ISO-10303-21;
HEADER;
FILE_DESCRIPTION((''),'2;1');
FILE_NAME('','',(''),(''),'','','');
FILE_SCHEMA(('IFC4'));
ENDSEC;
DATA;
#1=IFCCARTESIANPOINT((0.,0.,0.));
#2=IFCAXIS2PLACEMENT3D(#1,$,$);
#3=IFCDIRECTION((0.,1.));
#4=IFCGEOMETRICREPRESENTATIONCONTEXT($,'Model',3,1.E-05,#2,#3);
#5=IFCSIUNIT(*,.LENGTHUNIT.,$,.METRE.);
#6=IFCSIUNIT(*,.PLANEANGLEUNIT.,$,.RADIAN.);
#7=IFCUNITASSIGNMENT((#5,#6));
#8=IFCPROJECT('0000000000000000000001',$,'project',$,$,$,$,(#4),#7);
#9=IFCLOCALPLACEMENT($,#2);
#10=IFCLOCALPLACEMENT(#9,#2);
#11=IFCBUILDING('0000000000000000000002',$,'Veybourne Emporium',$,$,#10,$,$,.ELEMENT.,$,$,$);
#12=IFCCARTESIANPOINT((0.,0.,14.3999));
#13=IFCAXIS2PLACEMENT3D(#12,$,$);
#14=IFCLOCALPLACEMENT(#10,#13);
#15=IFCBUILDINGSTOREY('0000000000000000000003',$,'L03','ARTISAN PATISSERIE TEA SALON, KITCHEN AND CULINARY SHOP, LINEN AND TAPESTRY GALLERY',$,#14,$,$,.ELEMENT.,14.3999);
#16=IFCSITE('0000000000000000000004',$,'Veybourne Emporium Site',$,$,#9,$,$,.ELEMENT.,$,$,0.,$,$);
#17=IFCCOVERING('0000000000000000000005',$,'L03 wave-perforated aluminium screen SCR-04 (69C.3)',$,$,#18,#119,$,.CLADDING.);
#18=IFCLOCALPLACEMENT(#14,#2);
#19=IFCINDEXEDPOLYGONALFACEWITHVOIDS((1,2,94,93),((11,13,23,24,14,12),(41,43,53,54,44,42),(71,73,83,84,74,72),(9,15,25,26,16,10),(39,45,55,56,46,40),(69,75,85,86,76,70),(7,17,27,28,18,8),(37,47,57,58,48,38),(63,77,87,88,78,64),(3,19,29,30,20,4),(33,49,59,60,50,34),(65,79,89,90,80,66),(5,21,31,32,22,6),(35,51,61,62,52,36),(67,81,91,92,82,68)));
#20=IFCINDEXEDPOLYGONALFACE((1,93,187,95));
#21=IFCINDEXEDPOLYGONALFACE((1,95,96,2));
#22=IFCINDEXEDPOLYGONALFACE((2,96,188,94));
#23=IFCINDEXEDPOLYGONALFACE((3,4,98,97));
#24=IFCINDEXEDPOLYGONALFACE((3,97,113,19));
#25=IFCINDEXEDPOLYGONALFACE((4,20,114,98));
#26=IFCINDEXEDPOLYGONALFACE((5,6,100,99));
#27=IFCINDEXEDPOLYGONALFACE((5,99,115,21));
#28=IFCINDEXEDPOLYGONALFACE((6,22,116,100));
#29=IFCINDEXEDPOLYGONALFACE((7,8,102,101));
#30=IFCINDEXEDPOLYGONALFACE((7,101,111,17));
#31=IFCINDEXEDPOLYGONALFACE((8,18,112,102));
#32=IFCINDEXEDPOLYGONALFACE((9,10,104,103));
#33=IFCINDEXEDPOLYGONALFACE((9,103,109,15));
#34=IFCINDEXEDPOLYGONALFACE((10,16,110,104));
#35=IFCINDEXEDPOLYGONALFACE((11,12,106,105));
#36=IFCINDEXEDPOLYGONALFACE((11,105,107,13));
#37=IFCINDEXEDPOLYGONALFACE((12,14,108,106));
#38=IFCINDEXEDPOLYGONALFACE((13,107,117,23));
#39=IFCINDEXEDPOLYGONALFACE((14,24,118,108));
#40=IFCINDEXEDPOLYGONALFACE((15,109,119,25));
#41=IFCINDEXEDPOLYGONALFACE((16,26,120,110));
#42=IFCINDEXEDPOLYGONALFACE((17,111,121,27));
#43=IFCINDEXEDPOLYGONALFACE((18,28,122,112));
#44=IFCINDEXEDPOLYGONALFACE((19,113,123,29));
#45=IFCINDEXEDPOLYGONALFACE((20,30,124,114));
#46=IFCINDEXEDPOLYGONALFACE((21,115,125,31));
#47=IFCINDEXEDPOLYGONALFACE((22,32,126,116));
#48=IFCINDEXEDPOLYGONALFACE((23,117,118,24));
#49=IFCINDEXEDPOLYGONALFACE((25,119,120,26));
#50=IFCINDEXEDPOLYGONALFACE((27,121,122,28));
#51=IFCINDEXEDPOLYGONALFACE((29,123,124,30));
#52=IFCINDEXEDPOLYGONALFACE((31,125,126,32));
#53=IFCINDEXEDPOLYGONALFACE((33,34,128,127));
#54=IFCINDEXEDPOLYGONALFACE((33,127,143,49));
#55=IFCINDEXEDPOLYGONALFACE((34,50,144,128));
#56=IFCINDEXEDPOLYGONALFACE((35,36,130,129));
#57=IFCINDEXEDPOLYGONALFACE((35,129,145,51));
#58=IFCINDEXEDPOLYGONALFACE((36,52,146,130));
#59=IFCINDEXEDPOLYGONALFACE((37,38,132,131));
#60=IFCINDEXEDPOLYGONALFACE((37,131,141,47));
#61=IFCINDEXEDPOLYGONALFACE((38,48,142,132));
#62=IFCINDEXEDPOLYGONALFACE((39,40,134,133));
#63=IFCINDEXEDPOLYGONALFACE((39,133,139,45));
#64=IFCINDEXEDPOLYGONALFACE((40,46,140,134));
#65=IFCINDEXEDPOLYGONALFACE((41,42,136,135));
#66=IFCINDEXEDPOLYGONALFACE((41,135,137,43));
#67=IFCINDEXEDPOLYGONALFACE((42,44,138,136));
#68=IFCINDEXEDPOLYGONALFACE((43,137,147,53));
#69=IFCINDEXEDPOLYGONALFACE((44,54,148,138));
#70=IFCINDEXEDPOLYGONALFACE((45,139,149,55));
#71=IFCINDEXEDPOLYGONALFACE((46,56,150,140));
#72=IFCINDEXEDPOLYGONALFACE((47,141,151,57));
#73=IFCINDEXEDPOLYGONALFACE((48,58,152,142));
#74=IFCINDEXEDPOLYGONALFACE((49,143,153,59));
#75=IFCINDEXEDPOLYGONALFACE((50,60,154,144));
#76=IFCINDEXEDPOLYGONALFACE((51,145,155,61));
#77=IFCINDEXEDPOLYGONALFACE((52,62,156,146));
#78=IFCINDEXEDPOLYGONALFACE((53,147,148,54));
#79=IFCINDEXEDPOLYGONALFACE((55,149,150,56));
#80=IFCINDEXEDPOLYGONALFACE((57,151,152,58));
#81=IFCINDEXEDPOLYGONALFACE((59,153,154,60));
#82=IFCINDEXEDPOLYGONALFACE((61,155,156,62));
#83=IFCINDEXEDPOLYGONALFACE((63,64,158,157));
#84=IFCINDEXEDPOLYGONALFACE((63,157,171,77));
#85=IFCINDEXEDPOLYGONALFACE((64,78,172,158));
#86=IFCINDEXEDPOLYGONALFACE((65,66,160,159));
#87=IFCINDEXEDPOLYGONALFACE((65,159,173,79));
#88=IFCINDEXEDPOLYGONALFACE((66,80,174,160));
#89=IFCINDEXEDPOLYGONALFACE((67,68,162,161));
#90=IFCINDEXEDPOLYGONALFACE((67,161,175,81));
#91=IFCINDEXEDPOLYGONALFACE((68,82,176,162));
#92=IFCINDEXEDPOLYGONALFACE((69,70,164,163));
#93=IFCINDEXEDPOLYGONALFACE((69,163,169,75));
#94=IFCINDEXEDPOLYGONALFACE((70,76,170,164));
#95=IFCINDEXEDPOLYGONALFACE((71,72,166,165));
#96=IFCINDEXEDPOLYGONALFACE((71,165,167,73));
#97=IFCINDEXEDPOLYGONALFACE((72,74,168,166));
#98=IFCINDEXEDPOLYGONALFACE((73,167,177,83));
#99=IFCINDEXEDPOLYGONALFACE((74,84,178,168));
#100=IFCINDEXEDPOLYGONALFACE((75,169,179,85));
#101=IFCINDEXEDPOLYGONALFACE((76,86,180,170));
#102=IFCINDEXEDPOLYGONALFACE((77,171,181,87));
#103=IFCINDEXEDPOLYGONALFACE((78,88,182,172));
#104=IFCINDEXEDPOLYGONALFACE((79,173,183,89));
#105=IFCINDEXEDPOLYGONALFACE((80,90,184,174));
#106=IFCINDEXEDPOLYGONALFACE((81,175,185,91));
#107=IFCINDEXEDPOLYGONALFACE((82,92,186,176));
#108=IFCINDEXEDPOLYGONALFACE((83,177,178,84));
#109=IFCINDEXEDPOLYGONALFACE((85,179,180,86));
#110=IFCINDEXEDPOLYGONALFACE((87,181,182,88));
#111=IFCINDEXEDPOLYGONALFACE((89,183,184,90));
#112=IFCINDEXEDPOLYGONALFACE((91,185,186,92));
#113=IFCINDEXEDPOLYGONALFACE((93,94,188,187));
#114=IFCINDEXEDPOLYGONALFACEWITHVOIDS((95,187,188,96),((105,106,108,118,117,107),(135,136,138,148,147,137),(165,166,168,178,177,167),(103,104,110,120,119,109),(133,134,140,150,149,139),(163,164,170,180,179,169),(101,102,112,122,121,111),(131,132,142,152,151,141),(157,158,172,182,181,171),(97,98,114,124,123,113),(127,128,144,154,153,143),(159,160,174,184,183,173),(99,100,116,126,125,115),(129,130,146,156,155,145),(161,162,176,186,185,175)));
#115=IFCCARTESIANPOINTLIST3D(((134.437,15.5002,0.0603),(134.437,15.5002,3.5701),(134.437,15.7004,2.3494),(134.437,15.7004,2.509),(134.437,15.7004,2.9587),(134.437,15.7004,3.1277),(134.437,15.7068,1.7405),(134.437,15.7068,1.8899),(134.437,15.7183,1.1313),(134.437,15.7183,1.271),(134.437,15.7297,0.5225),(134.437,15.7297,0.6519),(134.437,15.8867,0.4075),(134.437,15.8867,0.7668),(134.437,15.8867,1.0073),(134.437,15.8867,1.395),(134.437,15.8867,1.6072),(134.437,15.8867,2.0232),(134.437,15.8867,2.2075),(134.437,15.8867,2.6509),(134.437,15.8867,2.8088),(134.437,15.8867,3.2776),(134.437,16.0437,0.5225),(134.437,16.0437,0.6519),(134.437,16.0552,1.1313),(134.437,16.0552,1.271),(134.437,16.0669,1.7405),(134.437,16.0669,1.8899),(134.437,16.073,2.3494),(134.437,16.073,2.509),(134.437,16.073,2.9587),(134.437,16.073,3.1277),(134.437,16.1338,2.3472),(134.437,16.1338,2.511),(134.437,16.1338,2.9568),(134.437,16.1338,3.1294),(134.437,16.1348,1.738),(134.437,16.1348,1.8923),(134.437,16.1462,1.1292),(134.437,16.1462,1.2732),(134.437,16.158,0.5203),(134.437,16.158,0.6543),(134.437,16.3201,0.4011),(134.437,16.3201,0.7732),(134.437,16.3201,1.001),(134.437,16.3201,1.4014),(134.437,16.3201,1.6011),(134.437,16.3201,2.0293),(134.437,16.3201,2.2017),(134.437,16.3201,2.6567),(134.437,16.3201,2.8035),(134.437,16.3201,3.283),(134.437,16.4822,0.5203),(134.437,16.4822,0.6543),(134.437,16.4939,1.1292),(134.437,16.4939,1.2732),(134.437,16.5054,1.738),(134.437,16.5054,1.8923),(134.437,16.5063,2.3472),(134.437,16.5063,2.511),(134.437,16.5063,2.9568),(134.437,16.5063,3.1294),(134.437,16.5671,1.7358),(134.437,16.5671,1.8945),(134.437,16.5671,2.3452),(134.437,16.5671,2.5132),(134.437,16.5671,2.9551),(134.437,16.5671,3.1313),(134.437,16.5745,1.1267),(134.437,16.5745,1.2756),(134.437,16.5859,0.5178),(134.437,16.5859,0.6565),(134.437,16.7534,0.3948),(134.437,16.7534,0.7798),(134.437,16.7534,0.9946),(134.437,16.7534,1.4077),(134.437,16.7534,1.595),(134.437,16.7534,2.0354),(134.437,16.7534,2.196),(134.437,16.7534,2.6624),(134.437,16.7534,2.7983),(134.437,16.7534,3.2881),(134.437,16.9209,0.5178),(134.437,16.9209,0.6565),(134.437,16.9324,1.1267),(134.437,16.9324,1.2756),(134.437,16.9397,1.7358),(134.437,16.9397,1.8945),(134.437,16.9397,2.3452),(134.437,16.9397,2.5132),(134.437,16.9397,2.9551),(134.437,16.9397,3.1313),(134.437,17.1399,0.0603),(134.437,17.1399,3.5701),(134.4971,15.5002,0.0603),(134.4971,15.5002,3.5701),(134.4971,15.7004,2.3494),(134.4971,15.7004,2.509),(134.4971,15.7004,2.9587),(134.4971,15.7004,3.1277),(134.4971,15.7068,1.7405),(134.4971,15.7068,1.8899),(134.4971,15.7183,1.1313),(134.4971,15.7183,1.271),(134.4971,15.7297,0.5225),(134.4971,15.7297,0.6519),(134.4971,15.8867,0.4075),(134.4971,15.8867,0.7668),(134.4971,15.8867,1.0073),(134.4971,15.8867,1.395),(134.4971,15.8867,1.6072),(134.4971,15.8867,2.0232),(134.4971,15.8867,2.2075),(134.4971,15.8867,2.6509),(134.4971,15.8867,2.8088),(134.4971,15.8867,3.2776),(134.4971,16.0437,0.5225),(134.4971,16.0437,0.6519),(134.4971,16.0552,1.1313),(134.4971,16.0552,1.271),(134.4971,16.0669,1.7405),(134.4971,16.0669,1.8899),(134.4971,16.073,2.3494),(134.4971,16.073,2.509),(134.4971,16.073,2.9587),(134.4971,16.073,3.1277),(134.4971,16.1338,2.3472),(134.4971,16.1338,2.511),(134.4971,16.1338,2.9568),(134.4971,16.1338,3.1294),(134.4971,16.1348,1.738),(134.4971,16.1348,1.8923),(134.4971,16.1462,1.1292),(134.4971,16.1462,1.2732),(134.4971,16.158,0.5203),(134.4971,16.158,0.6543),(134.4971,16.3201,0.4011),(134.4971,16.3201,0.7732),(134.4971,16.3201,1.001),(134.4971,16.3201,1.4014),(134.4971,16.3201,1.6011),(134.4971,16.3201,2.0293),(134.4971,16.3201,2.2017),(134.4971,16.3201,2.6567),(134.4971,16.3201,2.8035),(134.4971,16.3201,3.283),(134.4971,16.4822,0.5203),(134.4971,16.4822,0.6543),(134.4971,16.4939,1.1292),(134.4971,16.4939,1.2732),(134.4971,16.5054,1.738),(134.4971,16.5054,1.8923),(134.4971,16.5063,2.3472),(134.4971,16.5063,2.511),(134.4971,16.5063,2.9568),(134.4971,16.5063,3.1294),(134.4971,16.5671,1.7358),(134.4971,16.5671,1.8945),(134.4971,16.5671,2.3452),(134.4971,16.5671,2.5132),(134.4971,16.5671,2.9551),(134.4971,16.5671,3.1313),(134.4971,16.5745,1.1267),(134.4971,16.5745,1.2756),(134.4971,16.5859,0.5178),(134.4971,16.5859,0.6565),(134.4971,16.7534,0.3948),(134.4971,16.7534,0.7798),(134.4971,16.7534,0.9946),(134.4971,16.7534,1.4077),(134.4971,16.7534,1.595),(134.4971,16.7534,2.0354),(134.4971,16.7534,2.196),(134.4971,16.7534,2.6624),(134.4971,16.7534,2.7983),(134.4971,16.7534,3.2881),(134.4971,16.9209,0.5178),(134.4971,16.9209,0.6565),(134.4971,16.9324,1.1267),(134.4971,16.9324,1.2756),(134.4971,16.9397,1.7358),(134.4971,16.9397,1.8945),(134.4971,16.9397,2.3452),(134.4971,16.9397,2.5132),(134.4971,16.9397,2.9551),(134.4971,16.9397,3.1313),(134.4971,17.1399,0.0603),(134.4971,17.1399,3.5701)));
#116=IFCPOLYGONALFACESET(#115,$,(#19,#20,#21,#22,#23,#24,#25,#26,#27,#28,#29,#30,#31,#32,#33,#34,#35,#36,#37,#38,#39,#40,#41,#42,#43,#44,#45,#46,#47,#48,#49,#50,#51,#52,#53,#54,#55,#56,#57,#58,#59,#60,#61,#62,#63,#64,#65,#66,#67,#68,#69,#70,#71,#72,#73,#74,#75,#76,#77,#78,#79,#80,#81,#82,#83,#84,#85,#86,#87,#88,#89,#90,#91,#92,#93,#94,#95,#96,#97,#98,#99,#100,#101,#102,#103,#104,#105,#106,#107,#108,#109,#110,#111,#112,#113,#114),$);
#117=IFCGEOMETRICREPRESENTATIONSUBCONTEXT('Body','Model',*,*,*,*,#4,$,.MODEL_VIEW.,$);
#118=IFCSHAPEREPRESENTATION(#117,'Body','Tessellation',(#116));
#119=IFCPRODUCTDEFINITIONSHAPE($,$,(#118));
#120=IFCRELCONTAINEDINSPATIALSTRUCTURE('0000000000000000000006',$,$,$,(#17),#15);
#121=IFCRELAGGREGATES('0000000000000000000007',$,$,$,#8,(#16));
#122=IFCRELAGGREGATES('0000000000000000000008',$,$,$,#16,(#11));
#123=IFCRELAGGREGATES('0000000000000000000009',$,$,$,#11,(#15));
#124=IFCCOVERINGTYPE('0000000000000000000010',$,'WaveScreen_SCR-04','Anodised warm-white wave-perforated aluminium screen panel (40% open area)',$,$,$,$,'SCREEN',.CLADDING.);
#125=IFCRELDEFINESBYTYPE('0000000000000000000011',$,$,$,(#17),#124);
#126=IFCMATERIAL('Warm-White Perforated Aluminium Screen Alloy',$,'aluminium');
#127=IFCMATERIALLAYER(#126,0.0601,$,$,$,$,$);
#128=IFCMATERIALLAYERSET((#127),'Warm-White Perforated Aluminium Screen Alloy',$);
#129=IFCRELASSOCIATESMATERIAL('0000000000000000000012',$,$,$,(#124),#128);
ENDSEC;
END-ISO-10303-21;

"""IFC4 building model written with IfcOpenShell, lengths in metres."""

from ifc_helpers import new_model, si_unit, direction, frame, origin, place, context, subcontext, project, spatial, polyline, outline, extrude, material, layer, layer_set, type_object, element, save


model = new_model("IFC4")

# Units and contexts
model_context = context("Model", 3, precision=1e-05, world=origin(), true_north=direction((0.0, 1.0)))
body_context = subcontext(model_context, "Body", "Model", "MODEL_VIEW")
ifc_project = project(units=[si_unit("LENGTHUNIT", "METRE"), si_unit("PLANEANGLEUNIT", "RADIAN")], contexts=[model_context])

# Site, building, storey
site_placement = place(None, origin())
site = spatial("IfcSite", under=ifc_project, at=site_placement, Name="Veybourne Emporium Site", CompositionType="ELEMENT", RefElevation=0.0)
building_placement = place(site_placement, origin())
building = spatial("IfcBuilding", under=site, at=building_placement, Name="Veybourne Emporium", CompositionType="ELEMENT")
storey_placement = place(building_placement, frame((0.0, 0.0, 14.3999)))
storey = spatial("IfcBuildingStorey", under=building, at=storey_placement, Name="L03", Description="ARTISAN PATISSERIE TEA SALON, KITCHEN AND CULINARY SHOP, LINEN AND TAPESTRY GALLERY", CompositionType="ELEMENT", Elevation=14.3999)

# Covering
ifc_material_1 = material(Name="Warm-White Perforated Aluminium Screen Alloy", Category="aluminium")
ifc_layer_1 = layer(ifc_material_1, 0.0601)
ifc_layer_set_1 = layer_set([ifc_layer_1], Name="Warm-White Perforated Aluminium Screen Alloy")
covering_type_1 = type_object("IfcCoveringType", Name="WaveScreen_SCR-04", Description="Anodised warm-white wave-perforated aluminium screen panel (40% open area)", ElementType="SCREEN", PredefinedType="CLADDING", material=ifc_layer_set_1)
covering_1_placement = place(storey_placement, frame((134.4971, 16.3201, 1.8152), z_axis=(-1.0, 0.0, 0.0), x_axis=(0.0, -1.0, 0.0)))
element("IfcCovering", 1, at=covering_1_placement, inside=storey, type_object=covering_type_1, Name="L03 wave-perforated aluminium screen SCR-04 (69C.3)", PredefinedType="CLADDING", context=body_context, shape_type="SweptSolid", body=[
    extrude(outline(polyline([(-0.8198, -1.7549), (0.8198, -1.7549), (0.8198, 1.7549), (-0.8198, 1.7549), (-0.8198, -1.7549)]), holes=[polyline([(-0.4333, -1.0354), (-0.2659, -1.1587), (-0.2659, -1.2974), (-0.4333, -1.4204), (-0.6008, -1.2974), (-0.6008, -1.1587), (-0.4333, -1.0354)]), polyline([(-0.4333, -0.4075), (-0.2544, -0.5396), (-0.2544, -0.6885), (-0.4333, -0.8206), (-0.6123, -0.6885), (-0.6123, -0.5396), (-0.4333, -0.4075)]), polyline([(-0.4333, 0.2202), (-0.2471, 0.0793), (-0.2471, -0.0793), (-0.4333, -0.2202), (-0.6196, -0.0793), (-0.6196, 0.0793), (-0.4333, 0.2202)]), polyline([(-0.4333, 0.8472), (-0.2471, 0.698), (-0.2471, 0.53), (-0.4333, 0.3809), (-0.6196, 0.53), (-0.6196, 0.698), (-0.4333, 0.8472)]), polyline([(-0.4333, 1.4729), (-0.2471, 1.3162), (-0.2471, 1.1399), (-0.4333, 0.9832), (-0.6196, 1.1399), (-0.6196, 1.3162), (-0.4333, 1.4729)]), polyline([(0.0, -1.042), (0.1621, -1.1609), (0.1621, -1.2949), (0.0, -1.4141), (-0.1621, -1.2949), (-0.1621, -1.1609), (0.0, -1.042)]), polyline([(0.0, -0.4138), (0.1738, -0.542), (0.1738, -0.686), (0.0, -0.8142), (-0.1738, -0.686), (-0.1738, -0.542), (0.0, -0.4138)]), polyline([(0.0, 0.2141), (0.1853, 0.0771), (0.1853, -0.0771), (0.0, -0.2141), (-0.1853, -0.0771), (-0.1853, 0.0771), (0.0, 0.2141)]), polyline([(0.0, 0.8416), (0.1863, 0.6958), (0.1863, 0.532), (0.0, 0.3865), (-0.1863, 0.532), (-0.1863, 0.6958), (0.0, 0.8416)]), polyline([(0.0, 1.4678), (0.1863, 1.3142), (0.1863, 1.1416), (0.0, 0.9883), (-0.1863, 1.1416), (-0.1863, 1.3142), (0.0, 1.4678)]), polyline([(0.4333, -1.0483), (0.5903, -1.1633), (0.5903, -1.2927), (0.4333, -1.4077), (0.2764, -1.2927), (0.2764, -1.1633), (0.4333, -1.0483)]), polyline([(0.4333, -0.4202), (0.6018, -0.5442), (0.6018, -0.6838), (0.4333, -0.8079), (0.2649, -0.6838), (0.2649, -0.5442), (0.4333, -0.4202)]), polyline([(0.4333, 0.208), (0.6133, 0.0747), (0.6133, -0.0747), (0.4333, -0.208), (0.2532, -0.0747), (0.2532, 0.0747), (0.4333, 0.208)]), polyline([(0.4333, 0.8357), (0.6196, 0.6938), (0.6196, 0.5342), (0.4333, 0.3923), (0.2471, 0.5342), (0.2471, 0.6938), (0.4333, 0.8357)]), polyline([(0.4333, 1.4624), (0.6196, 1.3125), (0.6196, 1.1436), (0.4333, 0.9937), (0.2471, 1.1436), (0.2471, 1.3125), (0.4333, 1.4624)])]), origin(), (0.0, 0.0, 1.0), 0.0601),
])

save(model, "model.ifc")
